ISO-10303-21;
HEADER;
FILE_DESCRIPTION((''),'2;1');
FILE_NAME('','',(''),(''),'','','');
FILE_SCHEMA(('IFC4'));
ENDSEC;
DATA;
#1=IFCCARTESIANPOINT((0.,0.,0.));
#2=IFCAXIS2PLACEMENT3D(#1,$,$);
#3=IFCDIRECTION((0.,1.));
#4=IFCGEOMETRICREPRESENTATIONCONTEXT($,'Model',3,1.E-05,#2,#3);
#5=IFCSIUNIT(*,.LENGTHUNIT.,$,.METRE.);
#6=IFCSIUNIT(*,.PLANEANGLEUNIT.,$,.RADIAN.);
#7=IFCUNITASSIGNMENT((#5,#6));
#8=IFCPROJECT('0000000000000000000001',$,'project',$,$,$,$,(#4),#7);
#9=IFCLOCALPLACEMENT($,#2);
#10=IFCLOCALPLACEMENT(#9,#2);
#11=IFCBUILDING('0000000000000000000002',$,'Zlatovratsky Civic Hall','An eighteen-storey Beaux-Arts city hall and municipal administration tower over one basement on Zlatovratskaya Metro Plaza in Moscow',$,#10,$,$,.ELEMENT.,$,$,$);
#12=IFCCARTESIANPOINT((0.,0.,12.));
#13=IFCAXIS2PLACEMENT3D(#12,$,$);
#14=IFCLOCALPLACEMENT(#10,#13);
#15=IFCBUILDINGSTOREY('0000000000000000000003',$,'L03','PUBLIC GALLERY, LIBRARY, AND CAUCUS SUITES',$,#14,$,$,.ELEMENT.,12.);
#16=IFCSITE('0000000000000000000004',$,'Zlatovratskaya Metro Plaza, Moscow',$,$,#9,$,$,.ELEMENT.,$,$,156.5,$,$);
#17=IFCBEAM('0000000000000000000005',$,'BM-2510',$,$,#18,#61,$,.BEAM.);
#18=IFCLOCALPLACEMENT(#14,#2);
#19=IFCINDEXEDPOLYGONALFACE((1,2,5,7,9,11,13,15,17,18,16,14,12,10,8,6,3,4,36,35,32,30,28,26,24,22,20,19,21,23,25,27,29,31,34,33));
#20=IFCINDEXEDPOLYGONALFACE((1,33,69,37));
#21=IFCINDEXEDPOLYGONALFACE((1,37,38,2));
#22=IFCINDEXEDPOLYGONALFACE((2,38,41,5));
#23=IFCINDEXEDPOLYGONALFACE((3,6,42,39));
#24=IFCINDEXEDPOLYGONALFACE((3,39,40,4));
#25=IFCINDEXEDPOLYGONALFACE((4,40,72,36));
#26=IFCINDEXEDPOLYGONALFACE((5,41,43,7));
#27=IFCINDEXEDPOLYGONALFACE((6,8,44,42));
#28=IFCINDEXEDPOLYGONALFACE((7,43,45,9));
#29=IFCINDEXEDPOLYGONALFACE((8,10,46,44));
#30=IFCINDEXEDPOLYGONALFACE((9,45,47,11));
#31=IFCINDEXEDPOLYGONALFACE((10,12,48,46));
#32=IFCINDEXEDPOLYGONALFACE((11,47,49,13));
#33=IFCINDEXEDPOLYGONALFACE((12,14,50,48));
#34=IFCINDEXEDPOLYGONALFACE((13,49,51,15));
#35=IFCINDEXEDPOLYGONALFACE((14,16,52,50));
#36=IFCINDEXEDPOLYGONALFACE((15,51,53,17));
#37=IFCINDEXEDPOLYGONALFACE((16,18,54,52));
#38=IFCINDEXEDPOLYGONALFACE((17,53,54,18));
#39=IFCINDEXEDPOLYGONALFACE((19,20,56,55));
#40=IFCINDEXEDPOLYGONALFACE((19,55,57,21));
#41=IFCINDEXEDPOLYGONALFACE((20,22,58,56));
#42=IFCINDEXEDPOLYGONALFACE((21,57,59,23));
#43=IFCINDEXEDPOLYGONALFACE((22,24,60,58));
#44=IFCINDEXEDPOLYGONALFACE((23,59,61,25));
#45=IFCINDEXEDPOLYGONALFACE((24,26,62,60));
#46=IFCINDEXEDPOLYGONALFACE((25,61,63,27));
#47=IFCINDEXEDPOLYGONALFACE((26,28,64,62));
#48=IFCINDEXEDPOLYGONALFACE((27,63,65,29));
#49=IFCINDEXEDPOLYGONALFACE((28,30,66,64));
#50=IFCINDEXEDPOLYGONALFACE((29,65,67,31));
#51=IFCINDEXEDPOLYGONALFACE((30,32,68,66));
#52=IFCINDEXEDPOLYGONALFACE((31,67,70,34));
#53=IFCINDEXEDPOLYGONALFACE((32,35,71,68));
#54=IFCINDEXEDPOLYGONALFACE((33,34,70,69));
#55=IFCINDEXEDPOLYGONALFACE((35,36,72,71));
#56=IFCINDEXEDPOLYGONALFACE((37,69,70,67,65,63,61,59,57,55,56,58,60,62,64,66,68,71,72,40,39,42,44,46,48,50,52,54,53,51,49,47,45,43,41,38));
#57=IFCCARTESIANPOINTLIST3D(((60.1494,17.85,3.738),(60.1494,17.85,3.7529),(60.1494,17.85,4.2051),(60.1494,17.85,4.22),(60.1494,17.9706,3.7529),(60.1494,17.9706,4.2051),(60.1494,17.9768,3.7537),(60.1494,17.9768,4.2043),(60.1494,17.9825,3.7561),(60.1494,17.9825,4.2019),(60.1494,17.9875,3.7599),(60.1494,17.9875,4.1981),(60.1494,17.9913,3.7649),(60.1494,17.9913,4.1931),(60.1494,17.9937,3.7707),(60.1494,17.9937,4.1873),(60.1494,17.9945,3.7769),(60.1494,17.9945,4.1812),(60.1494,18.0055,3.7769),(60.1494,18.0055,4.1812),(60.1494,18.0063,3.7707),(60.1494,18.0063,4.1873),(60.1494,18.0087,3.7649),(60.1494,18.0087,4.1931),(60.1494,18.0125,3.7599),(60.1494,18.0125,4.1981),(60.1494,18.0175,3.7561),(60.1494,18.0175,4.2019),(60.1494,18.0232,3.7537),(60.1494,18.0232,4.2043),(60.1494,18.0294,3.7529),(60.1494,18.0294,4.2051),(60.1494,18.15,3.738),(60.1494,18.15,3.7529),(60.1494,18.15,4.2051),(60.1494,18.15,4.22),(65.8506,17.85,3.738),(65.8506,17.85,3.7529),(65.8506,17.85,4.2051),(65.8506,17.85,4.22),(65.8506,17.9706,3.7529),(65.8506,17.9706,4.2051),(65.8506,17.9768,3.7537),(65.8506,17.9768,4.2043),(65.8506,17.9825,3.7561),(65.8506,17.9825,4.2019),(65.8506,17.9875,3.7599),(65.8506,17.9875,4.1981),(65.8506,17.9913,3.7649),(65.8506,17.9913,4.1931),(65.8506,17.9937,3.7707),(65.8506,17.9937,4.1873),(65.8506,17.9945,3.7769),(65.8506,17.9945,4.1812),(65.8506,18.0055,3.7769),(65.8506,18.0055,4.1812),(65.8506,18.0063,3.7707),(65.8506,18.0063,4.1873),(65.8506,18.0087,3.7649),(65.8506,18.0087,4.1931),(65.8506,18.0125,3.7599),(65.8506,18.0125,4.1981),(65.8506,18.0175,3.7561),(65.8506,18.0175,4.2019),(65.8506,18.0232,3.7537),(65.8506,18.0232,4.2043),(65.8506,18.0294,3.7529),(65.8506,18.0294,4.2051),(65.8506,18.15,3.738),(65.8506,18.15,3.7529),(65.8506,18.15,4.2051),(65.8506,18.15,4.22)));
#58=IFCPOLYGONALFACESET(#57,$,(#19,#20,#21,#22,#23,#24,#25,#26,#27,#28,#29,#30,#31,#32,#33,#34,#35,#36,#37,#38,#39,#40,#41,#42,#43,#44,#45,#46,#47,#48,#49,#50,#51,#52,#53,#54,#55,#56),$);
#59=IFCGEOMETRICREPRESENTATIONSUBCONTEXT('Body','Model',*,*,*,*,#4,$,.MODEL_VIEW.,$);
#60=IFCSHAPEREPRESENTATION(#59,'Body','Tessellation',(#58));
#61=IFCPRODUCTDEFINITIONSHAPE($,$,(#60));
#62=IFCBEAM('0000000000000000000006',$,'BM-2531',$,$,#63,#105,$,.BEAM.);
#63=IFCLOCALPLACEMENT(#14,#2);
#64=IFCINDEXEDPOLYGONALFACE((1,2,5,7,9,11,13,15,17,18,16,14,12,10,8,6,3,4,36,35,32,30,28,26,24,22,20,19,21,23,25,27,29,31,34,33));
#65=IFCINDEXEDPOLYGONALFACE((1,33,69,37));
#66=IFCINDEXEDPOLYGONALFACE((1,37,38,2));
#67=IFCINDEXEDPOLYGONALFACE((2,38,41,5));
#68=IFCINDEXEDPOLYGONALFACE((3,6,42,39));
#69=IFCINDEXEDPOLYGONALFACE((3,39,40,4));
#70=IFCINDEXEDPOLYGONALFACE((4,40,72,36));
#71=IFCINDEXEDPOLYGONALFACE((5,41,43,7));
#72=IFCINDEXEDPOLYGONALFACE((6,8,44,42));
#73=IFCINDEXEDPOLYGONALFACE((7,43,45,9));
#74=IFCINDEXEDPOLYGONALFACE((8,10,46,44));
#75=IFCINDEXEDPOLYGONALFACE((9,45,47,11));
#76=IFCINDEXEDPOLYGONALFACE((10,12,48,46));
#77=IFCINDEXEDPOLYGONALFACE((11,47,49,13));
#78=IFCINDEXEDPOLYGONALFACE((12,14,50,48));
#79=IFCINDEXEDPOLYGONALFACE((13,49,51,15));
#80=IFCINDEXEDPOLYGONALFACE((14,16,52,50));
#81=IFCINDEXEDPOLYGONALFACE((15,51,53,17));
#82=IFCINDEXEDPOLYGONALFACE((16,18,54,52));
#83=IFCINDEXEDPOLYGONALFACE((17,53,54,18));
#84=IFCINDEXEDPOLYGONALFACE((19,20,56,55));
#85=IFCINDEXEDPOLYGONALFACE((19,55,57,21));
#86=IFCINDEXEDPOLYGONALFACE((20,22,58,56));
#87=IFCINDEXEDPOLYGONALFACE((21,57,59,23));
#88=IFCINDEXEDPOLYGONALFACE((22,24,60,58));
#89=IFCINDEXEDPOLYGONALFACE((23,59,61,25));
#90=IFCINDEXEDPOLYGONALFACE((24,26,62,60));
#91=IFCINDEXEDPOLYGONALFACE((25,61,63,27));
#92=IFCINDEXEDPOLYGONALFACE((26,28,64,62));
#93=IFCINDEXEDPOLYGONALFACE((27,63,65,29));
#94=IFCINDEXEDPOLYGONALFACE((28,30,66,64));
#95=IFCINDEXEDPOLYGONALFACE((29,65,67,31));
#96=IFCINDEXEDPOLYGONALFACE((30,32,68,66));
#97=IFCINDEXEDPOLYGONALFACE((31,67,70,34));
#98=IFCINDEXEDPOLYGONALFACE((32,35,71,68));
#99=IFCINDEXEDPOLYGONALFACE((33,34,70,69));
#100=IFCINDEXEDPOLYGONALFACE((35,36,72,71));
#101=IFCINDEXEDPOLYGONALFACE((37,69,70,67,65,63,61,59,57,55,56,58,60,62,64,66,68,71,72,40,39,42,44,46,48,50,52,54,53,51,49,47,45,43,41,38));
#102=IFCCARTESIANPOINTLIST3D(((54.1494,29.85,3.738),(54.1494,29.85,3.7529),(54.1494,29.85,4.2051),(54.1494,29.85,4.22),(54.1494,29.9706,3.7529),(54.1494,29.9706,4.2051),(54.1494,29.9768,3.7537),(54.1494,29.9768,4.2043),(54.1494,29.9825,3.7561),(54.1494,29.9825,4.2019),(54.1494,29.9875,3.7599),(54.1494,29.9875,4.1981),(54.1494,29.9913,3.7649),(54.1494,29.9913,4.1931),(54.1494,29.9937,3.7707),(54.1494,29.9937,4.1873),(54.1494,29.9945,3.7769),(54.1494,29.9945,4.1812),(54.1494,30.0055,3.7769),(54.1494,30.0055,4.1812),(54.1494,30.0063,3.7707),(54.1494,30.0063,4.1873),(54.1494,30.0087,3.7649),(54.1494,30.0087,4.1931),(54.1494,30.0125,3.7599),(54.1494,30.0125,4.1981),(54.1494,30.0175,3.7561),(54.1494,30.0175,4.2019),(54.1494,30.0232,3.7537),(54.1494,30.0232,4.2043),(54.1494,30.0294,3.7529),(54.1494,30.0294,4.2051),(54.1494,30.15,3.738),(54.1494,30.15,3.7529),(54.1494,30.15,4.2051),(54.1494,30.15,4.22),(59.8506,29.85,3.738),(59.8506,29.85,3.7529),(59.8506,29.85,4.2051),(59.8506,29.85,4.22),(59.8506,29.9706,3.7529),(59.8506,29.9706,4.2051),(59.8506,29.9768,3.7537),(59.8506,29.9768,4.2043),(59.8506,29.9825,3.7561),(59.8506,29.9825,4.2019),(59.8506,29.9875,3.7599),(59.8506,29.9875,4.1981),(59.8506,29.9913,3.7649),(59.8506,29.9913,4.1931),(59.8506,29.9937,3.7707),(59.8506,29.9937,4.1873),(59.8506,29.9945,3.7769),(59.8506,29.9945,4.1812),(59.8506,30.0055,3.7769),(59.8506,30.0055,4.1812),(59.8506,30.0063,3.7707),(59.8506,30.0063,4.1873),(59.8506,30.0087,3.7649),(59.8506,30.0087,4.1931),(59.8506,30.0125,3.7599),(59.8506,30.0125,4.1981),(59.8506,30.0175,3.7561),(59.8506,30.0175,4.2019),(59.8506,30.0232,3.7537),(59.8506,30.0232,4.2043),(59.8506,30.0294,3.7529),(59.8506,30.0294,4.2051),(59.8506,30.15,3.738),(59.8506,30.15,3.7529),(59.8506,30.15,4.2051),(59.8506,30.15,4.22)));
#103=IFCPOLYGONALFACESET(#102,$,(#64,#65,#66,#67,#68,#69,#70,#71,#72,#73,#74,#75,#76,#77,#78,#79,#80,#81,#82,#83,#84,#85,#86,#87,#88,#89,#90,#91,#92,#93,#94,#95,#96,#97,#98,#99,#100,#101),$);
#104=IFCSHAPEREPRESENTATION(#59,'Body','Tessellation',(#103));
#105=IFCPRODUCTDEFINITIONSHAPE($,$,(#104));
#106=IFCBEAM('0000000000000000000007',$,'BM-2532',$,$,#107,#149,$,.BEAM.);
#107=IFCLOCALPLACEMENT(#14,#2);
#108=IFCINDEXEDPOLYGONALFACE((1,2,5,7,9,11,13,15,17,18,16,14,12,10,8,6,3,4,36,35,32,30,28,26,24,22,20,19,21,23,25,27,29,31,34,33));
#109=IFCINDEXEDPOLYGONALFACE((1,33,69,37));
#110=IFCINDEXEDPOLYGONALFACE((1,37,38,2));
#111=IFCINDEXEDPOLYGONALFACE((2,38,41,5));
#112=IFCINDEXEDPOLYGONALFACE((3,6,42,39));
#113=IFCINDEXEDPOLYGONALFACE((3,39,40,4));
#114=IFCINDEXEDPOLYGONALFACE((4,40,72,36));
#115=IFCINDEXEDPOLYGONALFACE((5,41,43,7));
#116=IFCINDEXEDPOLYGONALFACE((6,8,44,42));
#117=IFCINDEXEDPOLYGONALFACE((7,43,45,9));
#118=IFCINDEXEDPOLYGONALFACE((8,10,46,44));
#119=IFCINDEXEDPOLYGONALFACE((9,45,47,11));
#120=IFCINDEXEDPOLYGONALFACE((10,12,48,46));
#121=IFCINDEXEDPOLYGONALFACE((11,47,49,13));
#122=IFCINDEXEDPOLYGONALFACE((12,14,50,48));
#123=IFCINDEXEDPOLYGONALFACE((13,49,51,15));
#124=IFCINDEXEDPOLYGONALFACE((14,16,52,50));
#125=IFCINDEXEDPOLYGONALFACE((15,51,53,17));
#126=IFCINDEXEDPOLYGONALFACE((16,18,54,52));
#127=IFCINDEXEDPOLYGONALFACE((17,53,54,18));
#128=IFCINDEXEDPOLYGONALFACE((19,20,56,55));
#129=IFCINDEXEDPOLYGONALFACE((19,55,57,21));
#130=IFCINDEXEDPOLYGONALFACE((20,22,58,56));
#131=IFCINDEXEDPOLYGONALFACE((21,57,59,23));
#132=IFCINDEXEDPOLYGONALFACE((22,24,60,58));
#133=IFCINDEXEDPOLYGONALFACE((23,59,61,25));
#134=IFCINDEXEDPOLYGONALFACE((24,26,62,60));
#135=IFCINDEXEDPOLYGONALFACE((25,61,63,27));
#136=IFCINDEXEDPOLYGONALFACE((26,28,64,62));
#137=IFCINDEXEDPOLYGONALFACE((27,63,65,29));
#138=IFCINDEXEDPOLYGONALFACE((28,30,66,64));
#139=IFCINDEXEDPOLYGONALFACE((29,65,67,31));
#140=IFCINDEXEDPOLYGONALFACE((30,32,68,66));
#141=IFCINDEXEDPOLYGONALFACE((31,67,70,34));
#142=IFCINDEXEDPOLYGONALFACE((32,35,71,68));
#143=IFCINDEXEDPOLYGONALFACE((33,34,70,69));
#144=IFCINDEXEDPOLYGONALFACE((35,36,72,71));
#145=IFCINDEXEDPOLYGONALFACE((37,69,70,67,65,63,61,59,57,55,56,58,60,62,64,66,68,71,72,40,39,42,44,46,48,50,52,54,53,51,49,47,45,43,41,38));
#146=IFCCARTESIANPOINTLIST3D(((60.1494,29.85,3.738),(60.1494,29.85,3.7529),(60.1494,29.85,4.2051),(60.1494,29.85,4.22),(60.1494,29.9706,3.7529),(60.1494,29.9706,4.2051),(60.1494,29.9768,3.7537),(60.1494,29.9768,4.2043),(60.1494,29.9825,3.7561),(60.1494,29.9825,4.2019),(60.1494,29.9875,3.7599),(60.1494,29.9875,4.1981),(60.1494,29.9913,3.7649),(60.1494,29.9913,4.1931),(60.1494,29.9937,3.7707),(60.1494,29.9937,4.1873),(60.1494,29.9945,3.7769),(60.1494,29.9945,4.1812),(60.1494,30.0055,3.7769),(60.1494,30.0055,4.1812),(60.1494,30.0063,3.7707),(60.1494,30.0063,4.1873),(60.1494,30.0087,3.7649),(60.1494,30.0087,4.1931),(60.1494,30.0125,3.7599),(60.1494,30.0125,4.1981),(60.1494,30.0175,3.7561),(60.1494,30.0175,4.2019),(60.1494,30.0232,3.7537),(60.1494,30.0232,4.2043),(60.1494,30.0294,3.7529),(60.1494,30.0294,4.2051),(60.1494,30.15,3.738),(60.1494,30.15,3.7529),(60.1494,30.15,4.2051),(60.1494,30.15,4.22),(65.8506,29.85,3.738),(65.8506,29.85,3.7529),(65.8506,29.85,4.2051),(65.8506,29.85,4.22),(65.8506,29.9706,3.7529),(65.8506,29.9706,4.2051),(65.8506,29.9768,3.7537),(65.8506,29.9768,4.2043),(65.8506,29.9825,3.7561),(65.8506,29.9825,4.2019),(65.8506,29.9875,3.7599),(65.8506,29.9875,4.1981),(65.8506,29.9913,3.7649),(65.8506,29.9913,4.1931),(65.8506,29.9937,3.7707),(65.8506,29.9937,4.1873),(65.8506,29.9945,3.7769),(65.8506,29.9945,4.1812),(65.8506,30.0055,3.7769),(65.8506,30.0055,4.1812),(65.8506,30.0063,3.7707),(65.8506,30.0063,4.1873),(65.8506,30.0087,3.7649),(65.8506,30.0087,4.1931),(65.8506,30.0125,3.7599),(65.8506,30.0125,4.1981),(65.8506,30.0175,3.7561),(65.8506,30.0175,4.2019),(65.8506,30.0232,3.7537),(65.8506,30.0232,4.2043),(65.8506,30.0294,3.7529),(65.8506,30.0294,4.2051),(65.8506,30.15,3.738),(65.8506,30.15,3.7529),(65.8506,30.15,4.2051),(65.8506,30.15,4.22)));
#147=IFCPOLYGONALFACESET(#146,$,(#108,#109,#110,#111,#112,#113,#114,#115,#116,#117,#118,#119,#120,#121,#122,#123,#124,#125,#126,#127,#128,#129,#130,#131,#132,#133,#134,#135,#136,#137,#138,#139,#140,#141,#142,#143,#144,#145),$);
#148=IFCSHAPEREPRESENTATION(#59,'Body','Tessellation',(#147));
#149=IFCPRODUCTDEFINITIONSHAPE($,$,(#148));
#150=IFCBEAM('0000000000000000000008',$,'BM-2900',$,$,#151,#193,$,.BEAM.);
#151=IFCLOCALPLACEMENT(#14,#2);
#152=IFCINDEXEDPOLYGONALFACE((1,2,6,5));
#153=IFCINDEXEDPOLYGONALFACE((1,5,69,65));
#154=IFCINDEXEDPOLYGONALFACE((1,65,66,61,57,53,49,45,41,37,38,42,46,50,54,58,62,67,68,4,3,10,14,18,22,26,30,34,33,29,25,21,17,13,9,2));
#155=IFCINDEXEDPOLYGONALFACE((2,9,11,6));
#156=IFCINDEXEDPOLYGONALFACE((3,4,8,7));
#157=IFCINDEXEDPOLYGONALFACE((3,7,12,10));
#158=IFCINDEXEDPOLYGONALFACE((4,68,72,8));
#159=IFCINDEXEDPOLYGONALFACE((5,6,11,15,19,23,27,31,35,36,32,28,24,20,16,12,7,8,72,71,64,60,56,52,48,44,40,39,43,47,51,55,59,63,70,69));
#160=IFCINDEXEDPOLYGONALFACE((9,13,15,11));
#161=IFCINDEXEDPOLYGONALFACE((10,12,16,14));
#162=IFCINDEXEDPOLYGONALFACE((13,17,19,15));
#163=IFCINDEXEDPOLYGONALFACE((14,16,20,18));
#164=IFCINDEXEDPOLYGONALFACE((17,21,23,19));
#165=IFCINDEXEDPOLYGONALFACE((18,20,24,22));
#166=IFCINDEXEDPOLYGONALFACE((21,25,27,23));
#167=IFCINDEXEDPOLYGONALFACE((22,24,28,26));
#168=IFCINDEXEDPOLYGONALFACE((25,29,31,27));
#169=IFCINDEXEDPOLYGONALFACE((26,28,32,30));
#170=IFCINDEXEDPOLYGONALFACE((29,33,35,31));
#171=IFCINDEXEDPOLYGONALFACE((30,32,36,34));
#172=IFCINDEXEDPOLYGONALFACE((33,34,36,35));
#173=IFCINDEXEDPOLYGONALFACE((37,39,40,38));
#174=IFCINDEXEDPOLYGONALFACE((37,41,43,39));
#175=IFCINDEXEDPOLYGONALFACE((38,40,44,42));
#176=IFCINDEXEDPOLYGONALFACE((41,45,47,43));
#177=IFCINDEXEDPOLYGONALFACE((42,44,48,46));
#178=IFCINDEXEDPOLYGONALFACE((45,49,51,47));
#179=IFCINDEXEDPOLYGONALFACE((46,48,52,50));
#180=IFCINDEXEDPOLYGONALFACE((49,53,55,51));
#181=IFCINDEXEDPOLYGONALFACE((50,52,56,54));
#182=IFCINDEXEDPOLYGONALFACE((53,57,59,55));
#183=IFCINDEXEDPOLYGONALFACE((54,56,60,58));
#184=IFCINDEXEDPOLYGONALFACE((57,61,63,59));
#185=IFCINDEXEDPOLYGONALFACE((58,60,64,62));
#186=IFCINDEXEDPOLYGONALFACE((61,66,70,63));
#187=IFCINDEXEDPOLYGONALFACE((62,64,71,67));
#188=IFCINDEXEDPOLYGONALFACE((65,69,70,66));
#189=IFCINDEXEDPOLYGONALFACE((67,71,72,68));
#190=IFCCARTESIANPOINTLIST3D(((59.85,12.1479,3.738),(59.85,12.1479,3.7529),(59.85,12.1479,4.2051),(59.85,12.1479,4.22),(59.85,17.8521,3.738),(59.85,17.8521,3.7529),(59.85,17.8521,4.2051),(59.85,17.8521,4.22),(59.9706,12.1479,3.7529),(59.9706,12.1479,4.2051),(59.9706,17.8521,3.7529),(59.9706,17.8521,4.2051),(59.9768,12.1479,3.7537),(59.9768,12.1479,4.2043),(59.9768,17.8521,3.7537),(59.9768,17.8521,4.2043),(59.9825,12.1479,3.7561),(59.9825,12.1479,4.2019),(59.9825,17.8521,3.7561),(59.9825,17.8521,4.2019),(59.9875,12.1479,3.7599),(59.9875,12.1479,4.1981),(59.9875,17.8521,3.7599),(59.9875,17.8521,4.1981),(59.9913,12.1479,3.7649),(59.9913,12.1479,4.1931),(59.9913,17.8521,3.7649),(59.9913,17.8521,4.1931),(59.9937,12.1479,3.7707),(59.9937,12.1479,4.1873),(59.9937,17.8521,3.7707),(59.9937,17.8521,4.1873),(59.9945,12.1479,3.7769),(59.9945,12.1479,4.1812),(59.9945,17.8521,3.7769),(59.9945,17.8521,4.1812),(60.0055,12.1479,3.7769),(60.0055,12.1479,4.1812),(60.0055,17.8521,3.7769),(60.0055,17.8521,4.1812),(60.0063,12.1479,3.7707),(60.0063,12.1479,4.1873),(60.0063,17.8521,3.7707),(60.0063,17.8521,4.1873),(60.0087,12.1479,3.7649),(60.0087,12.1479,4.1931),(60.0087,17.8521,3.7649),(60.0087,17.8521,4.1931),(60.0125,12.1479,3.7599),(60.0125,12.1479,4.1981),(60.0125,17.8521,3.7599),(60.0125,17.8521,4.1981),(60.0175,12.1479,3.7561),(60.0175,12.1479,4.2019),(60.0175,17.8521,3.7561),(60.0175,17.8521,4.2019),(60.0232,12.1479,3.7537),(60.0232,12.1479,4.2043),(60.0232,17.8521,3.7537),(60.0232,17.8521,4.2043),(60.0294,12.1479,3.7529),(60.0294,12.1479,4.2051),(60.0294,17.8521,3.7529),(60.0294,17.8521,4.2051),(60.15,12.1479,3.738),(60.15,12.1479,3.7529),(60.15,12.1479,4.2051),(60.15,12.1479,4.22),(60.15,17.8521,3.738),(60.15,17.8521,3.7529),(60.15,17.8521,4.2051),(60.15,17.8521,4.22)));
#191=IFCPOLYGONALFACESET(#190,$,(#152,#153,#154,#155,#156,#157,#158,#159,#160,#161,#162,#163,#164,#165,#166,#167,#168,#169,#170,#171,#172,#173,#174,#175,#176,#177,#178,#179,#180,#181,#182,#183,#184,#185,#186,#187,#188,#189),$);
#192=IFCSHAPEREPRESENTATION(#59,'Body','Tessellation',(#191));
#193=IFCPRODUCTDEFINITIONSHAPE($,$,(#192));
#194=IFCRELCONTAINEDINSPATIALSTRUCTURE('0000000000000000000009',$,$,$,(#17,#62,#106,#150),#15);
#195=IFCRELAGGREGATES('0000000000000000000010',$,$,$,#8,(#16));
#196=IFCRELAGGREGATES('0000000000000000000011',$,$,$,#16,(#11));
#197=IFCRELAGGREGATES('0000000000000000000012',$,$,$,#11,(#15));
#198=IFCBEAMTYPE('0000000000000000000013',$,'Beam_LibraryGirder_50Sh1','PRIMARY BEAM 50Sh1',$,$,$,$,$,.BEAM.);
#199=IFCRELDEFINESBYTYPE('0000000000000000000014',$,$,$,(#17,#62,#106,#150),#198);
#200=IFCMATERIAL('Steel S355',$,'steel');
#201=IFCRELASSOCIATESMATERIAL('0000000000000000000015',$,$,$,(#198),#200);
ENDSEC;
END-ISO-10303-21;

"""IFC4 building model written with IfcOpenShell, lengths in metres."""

from ifc_helpers import new_model, si_unit, direction, frame, origin, origin_2d, place, context, subcontext, project, spatial, i_section, extrude, material, material_profile, profile_set, type_object, element, save


model = new_model("IFC4")

# Units and contexts
model_context = context("Model", 3, precision=1e-05, world=origin(), true_north=direction((0.0, 1.0)))
body_context = subcontext(model_context, "Body", "Model", "MODEL_VIEW")
ifc_project = project(units=[si_unit("LENGTHUNIT", "METRE"), si_unit("PLANEANGLEUNIT", "RADIAN")], contexts=[model_context])

# Site, building, storey
site_placement = place(None, origin())
site = spatial("IfcSite", under=ifc_project, at=site_placement, Name="Zlatovratskaya Metro Plaza, Moscow", CompositionType="ELEMENT", RefElevation=156.5)
building_placement = place(site_placement, origin())
building = spatial("IfcBuilding", under=site, at=building_placement, Name="Zlatovratsky Civic Hall", Description="An eighteen-storey Beaux-Arts city hall and municipal administration tower over one basement on Zlatovratskaya Metro Plaza in Moscow", CompositionType="ELEMENT")
storey_placement = place(building_placement, frame((0.0, 0.0, 12.0)))
storey = spatial("IfcBuildingStorey", under=building, at=storey_placement, Name="L03", Description="PUBLIC GALLERY, LIBRARY, AND CAUCUS SUITES", CompositionType="ELEMENT", Elevation=12.0)

# Shared definitions
ifc_material_1 = material(Name="Steel S355", Category="steel")

# Beams
ifc_material_profile_1 = material_profile(ifc_material_1, i_section(OverallWidth=0.3, OverallDepth=0.4819, WebThickness=0.011, FlangeThickness=0.0149, FilletRadius=0.0239, at=origin_2d()), Name="50Sh1")
ifc_profile_set_1 = profile_set([ifc_material_profile_1], Name="Steel S355")
beam_type_1 = type_object("IfcBeamType", Name="Beam_LibraryGirder_50Sh1", Description="PRIMARY BEAM 50Sh1", PredefinedType="BEAM", material=ifc_profile_set_1)
for number, where, z_axis, x_axis, name in (
    (1, (60.1494, 18.0, 3.979), (1.0, 0.0, 0.0), (0.0, 1.0, 0.0), "BM-2510"),
    (2, (54.1494, 30.0, 3.979), (1.0, 0.0, 0.0), (0.0, 1.0, 0.0), "BM-2531"),
    (3, (60.1494, 30.0, 3.979), (1.0, 0.0, 0.0), (0.0, 1.0, 0.0), "BM-2532"),
):
    element("IfcBeam", number, at=place(storey_placement, frame(where, z_axis=z_axis, x_axis=x_axis)), inside=storey, type_object=beam_type_1, Name=name, PredefinedType="BEAM", context=body_context, shape_type="SweptSolid", body=[
        extrude(i_section(OverallWidth=0.3, OverallDepth=0.4819, WebThickness=0.011, FlangeThickness=0.0149, FilletRadius=0.0239, at=origin_2d()), origin(), (0.0, 0.0, 1.0), 5.7012),
    ])
for number, where, z_axis, x_axis, name in (
    (4, (60.0, 12.1479, 3.979), (0.0, 1.0, 0.0), (-1.0, 0.0, 0.0), "BM-2900"),
):
    element("IfcBeam", number, at=place(storey_placement, frame(where, z_axis=z_axis, x_axis=x_axis)), inside=storey, type_object=beam_type_1, Name=name, PredefinedType="BEAM", context=body_context, shape_type="SweptSolid", body=[
        extrude(i_section(OverallWidth=0.3, OverallDepth=0.4819, WebThickness=0.011, FlangeThickness=0.0149, FilletRadius=0.0239, at=origin_2d()), origin(), (0.0, 0.0, 1.0), 5.7041),
    ])

save(model, "model.ifc")
